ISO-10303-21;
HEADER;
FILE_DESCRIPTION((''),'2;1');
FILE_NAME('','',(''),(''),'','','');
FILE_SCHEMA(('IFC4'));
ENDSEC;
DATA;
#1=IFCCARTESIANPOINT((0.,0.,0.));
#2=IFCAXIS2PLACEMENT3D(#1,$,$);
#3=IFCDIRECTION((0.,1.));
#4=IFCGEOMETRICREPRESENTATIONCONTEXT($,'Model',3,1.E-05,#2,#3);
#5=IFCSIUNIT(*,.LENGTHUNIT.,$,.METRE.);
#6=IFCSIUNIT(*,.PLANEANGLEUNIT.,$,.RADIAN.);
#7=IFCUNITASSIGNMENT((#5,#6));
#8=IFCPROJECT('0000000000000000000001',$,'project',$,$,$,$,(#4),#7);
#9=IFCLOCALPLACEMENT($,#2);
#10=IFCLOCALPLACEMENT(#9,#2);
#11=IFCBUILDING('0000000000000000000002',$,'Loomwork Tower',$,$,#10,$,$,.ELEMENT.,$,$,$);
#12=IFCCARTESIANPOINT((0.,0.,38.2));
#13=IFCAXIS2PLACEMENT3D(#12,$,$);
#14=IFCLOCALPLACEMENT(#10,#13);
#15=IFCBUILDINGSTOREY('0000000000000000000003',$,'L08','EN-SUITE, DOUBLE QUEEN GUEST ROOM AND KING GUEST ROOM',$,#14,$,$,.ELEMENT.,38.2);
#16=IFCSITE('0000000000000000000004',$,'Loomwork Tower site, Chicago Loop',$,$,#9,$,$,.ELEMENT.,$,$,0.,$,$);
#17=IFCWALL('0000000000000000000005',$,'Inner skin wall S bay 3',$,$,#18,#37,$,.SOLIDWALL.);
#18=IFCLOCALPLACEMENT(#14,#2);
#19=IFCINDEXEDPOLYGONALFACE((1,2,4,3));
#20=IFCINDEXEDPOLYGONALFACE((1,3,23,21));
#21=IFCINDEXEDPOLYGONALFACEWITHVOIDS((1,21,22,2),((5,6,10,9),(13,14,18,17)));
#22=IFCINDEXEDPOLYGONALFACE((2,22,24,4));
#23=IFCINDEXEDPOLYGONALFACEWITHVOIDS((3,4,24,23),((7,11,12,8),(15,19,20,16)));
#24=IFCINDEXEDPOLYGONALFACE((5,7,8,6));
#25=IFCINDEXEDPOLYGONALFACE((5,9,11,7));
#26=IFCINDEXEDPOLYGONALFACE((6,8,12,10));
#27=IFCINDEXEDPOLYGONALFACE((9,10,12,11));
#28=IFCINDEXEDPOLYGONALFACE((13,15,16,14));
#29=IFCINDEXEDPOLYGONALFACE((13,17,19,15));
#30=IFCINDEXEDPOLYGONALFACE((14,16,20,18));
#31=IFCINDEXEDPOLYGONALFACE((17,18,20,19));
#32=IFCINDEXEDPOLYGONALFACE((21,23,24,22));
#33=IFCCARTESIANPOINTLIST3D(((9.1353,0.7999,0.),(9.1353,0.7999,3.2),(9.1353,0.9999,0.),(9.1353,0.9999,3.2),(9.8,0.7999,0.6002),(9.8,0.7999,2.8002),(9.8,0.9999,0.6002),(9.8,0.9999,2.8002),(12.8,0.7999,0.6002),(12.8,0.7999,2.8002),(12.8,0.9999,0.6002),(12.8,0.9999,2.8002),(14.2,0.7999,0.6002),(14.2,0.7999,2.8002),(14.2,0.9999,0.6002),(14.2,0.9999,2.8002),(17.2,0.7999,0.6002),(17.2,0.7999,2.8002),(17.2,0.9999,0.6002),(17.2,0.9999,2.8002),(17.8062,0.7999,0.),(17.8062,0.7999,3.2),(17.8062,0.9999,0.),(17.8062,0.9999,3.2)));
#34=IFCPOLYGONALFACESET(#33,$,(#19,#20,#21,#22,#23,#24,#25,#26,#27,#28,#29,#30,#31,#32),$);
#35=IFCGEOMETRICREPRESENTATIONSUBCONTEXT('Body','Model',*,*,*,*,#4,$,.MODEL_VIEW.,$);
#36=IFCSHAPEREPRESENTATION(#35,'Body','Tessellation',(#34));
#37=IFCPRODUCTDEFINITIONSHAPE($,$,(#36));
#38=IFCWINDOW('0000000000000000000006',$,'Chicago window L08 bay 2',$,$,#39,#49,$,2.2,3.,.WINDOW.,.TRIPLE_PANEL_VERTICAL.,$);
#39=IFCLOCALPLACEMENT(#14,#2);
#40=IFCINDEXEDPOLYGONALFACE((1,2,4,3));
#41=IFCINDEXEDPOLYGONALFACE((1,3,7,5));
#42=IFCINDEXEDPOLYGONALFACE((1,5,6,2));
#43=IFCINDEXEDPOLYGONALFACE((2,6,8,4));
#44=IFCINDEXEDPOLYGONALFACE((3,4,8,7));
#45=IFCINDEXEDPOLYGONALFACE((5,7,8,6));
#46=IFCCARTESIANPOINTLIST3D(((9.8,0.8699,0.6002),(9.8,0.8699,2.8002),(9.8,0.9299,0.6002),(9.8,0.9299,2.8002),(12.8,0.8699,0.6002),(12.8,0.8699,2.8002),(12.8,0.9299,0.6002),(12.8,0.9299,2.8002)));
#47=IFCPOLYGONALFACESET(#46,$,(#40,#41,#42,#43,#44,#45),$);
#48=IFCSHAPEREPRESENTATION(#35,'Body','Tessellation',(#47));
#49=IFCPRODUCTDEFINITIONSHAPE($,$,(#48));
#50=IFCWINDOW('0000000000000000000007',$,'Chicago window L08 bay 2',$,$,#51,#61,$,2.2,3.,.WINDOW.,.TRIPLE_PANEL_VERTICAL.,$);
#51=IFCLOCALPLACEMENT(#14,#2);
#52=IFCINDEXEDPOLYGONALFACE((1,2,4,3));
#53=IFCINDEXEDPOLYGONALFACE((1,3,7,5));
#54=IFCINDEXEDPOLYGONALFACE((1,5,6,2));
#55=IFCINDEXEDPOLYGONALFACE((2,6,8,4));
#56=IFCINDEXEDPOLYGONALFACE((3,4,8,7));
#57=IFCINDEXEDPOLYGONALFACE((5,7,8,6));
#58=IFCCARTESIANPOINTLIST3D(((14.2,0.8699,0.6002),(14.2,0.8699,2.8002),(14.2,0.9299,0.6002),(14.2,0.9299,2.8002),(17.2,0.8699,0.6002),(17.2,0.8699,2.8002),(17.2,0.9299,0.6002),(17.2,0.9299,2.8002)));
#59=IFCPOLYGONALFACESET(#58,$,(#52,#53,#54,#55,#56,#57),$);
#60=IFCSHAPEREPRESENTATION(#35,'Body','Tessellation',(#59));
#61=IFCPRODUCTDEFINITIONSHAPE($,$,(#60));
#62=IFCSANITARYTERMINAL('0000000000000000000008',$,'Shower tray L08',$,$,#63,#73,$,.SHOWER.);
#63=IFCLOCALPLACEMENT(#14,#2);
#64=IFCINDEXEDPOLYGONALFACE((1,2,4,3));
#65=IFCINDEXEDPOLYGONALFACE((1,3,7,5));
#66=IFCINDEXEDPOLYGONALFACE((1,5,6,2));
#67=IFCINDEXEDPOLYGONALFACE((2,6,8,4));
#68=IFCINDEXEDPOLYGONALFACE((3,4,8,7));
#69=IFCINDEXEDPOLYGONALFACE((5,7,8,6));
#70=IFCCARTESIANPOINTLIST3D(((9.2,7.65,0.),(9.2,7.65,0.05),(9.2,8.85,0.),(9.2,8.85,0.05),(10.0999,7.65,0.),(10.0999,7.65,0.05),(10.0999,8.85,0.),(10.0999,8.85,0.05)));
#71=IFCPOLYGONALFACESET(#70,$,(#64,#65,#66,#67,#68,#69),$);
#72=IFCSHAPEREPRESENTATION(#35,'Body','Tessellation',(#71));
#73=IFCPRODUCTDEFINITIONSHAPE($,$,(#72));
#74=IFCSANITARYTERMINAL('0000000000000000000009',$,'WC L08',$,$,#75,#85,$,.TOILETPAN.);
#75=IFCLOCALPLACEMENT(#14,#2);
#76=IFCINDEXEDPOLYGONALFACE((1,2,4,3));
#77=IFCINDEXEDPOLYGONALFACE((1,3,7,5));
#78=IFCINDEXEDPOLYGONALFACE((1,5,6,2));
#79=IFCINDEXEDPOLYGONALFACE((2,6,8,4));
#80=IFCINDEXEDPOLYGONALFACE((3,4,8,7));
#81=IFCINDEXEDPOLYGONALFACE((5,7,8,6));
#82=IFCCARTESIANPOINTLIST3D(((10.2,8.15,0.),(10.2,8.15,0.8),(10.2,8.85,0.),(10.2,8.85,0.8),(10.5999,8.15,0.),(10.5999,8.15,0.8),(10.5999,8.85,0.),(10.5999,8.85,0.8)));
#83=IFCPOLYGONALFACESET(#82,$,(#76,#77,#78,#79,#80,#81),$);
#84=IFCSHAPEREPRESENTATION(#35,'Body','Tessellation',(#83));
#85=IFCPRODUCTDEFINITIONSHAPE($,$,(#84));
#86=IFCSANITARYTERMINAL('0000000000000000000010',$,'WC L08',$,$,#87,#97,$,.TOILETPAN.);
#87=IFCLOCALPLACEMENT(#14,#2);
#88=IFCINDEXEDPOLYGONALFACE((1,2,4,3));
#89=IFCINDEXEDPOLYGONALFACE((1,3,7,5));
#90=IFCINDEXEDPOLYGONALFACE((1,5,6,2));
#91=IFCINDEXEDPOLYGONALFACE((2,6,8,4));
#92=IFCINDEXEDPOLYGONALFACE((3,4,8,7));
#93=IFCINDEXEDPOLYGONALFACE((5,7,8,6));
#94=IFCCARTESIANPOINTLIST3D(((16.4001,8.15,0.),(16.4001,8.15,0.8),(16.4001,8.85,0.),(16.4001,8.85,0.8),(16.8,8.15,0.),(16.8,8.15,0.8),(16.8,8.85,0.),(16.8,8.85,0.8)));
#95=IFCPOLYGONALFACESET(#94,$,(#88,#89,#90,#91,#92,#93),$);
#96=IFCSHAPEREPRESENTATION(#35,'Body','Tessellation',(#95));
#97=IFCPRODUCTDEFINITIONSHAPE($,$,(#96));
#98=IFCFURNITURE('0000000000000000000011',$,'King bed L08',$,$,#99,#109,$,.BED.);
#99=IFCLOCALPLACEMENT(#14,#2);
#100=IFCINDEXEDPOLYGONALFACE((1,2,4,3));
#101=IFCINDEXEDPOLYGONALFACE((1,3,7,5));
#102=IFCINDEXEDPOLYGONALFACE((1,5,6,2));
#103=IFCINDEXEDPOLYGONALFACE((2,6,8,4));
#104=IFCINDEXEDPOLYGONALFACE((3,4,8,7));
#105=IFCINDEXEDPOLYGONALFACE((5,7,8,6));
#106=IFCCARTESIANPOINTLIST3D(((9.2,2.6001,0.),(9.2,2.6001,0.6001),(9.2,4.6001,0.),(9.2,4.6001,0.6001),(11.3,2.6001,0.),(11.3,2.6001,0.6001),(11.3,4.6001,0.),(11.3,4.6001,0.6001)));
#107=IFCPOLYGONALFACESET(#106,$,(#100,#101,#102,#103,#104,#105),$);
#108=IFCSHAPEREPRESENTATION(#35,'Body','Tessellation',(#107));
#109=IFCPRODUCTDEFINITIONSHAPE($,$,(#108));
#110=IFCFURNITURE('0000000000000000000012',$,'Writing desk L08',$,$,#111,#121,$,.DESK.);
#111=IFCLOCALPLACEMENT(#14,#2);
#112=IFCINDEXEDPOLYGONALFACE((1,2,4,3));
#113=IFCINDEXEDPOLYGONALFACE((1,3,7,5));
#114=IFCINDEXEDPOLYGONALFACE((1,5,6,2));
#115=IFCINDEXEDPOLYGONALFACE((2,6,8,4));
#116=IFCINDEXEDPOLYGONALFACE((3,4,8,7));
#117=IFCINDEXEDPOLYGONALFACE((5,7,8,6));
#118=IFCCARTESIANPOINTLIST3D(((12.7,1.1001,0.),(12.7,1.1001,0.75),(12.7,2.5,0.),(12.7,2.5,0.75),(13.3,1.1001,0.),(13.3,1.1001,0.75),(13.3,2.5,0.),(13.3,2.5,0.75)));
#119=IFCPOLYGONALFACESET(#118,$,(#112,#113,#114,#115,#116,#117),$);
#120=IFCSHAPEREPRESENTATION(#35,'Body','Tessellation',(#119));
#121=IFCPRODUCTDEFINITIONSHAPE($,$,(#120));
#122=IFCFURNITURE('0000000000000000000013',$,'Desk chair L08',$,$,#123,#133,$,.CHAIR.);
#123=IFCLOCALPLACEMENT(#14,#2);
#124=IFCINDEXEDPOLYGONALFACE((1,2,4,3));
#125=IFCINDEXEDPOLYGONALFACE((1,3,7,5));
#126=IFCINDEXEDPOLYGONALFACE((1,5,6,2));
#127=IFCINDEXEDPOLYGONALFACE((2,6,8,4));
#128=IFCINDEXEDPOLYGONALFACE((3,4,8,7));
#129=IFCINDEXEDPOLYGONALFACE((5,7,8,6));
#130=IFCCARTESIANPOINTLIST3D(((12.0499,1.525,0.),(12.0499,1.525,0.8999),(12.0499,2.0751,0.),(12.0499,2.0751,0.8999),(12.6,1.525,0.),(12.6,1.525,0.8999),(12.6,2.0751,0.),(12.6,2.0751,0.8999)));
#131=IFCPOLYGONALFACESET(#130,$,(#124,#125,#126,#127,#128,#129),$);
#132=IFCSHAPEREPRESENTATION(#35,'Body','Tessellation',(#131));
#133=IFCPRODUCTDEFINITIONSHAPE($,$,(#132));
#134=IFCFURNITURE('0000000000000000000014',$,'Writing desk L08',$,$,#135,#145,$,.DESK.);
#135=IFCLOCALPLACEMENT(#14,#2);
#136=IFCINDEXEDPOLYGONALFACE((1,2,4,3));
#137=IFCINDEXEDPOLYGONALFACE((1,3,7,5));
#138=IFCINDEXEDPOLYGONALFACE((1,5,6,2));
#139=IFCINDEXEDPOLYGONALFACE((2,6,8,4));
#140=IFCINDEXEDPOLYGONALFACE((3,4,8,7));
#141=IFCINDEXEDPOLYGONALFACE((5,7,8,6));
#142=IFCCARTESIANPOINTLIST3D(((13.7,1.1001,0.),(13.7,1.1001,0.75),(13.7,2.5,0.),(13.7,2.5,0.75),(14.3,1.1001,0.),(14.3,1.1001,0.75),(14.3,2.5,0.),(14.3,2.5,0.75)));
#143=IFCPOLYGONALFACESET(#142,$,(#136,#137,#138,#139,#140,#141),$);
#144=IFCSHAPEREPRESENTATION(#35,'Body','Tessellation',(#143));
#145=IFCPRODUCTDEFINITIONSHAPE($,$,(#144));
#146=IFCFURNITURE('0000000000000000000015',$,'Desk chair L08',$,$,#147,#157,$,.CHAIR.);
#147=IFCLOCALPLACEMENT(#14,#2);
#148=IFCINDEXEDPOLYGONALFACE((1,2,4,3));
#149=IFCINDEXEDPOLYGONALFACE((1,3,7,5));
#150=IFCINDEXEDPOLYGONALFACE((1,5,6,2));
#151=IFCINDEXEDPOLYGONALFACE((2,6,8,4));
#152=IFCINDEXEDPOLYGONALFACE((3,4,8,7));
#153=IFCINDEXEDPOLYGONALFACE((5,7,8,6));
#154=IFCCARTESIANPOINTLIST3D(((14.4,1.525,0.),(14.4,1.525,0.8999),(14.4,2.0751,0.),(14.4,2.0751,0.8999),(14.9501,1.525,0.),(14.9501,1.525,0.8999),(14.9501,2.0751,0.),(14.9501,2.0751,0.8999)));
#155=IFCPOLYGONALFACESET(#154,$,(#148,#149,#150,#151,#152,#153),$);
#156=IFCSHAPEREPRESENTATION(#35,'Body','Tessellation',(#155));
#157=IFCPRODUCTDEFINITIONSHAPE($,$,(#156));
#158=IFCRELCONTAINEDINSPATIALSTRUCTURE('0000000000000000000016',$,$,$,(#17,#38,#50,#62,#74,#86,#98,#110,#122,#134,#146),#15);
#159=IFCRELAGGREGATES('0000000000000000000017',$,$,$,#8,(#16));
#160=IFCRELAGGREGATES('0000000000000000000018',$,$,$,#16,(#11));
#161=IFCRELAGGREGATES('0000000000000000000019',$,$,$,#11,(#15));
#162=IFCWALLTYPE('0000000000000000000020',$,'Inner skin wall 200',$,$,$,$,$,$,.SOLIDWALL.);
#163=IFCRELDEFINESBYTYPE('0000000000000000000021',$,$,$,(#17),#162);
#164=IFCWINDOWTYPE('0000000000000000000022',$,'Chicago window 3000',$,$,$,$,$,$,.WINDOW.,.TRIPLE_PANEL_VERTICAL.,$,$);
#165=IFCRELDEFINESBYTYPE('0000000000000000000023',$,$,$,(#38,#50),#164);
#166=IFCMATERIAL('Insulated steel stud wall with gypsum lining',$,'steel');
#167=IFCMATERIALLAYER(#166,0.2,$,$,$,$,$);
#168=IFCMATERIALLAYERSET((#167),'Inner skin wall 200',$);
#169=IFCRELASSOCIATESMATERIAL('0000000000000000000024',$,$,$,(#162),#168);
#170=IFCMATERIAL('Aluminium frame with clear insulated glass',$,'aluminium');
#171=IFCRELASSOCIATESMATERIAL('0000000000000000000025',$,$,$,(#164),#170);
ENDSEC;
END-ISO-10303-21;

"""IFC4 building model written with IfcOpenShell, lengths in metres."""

from ifc_helpers import new_model, si_unit, direction, frame, frame_2d, origin, origin_2d, place, context, subcontext, project, spatial, rectangle, extrude, material, layer, layer_set, type_object, element, fill, save


model = new_model("IFC4")

# Units and contexts
model_context = context("Model", 3, precision=1e-05, world=origin(), true_north=direction((0.0, 1.0)))
body_context = subcontext(model_context, "Body", "Model", "MODEL_VIEW")
ifc_project = project(units=[si_unit("LENGTHUNIT", "METRE"), si_unit("PLANEANGLEUNIT", "RADIAN")], contexts=[model_context])

# Site, building, storey
site_placement = place(None, origin())
site = spatial("IfcSite", under=ifc_project, at=site_placement, Name="Loomwork Tower site, Chicago Loop", CompositionType="ELEMENT", RefElevation=0.0)
building_placement = place(site_placement, origin())
building = spatial("IfcBuilding", under=site, at=building_placement, Name="Loomwork Tower", CompositionType="ELEMENT")
storey_placement = place(building_placement, frame((0.0, 0.0, 38.2)))
storey = spatial("IfcBuildingStorey", under=building, at=storey_placement, Name="L08", Description="EN-SUITE, DOUBLE QUEEN GUEST ROOM AND KING GUEST ROOM", CompositionType="ELEMENT", Elevation=38.2)

# Wall, openings, windows
ifc_material_1 = material(Name="Insulated steel stud wall with gypsum lining", Category="steel")
ifc_layer_1 = layer(ifc_material_1, 0.2)
ifc_layer_set_1 = layer_set([ifc_layer_1], Name="Inner skin wall 200")
wall_type_1 = type_object("IfcWallType", Name="Inner skin wall 200", PredefinedType="SOLIDWALL", material=ifc_layer_set_1)
wall_1_placement = place(storey_placement, frame((9.1353, 0.8999, 0.0), z_axis=(0.0, 0.0, 1.0), x_axis=(1.0, 0.0, 0.0)))
wall_1 = element("IfcWall", 1, at=wall_1_placement, inside=storey, type_object=wall_type_1, Name="Inner skin wall S bay 3", PredefinedType="SOLIDWALL", context=body_context, shape_type="SweptSolid", body=[
    extrude(rectangle(XDim=8.6709, YDim=0.2, at=frame_2d((4.3354, 0.0))), origin(), (0.0, 0.0, 1.0), 3.2),
])
opening_1_placement = place(wall_1_placement, frame((0.6648, 0.0, 0.6001)))
opening_1 = element("IfcOpeningElement", 2, at=opening_1_placement, cuts=wall_1, PredefinedType="OPENING", context=body_context, shape_type="SweptSolid", body=[
    extrude(rectangle(XDim=3.0, YDim=2.2, at=frame_2d((1.5, 1.1001))), frame((0.0, 0.1099, 0.0), z_axis=(0.0, -1.0, 0.0), x_axis=(1.0, 0.0, 0.0)), (0.0, 0.0, 1.0), 0.22),
])
opening_2_placement = place(wall_1_placement, frame((5.0647, 0.0, 0.6001)))
opening_2 = element("IfcOpeningElement", 3, at=opening_2_placement, cuts=wall_1, PredefinedType="OPENING", context=body_context, shape_type="SweptSolid", body=[
    extrude(rectangle(XDim=3.0, YDim=2.2, at=frame_2d((1.5, 1.1001))), frame((0.0, 0.1099, 0.0), z_axis=(0.0, -1.0, 0.0), x_axis=(1.0, 0.0, 0.0)), (0.0, 0.0, 1.0), 0.22),
])
ifc_material_2 = material(Name="Aluminium frame with clear insulated glass", Category="aluminium")
window_type = type_object("IfcWindowType", Name="Chicago window 3000", PartitioningType="TRIPLE_PANEL_VERTICAL", PredefinedType="WINDOW", material=ifc_material_2)
window_1_placement = place(opening_1_placement, origin())
window_1 = element("IfcWindow", 4, at=window_1_placement, inside=storey, type_object=window_type, Name="Chicago window L08 bay 2", OverallHeight=2.2, OverallWidth=3.0, PartitioningType="TRIPLE_PANEL_VERTICAL", PredefinedType="WINDOW", context=body_context, shape_type="SweptSolid", body=[
    extrude(rectangle(XDim=3.0, YDim=2.2, at=frame_2d((1.5, 1.1001))), frame((0.0, 0.03, 0.0), z_axis=(0.0, -1.0, 0.0), x_axis=(1.0, 0.0, 0.0)), (0.0, 0.0, 1.0), 0.0601),
])
fill(opening_1, window_1)
window_2_placement = place(opening_2_placement, origin())
window_2 = element("IfcWindow", 5, at=window_2_placement, inside=storey, type_object=window_type, Name="Chicago window L08 bay 2", OverallHeight=2.2, OverallWidth=3.0, PartitioningType="TRIPLE_PANEL_VERTICAL", PredefinedType="WINDOW", context=body_context, shape_type="SweptSolid", body=[
    extrude(rectangle(XDim=3.0, YDim=2.2, at=frame_2d((1.5, 1.1001))), frame((0.0, 0.03, 0.0), z_axis=(0.0, -1.0, 0.0), x_axis=(1.0, 0.0, 0.0)), (0.0, 0.0, 1.0), 0.0601),
])
fill(opening_2, window_2)

# Sanitary terminals
sanitary_terminal_placement = place(storey_placement, frame((9.6499, 8.25, 0.0), z_axis=(0.0, 0.0, 1.0), x_axis=(1.0, 0.0, 0.0)))
element("IfcSanitaryTerminal", 6, at=sanitary_terminal_placement, inside=storey, Name="Shower tray L08", PredefinedType="SHOWER", context=body_context, shape_type="SweptSolid", body=[
    extrude(rectangle(XDim=0.8999, YDim=1.2, at=origin_2d()), origin(), (0.0, 0.0, 1.0), 0.05),
])
for number, where, z_axis, x_axis, name in (
    (7, (10.3999, 8.5, 0.0), (0.0, 0.0, 1.0), (1.0, 0.0, 0.0), "WC L08"),
    (8, (16.6001, 8.5, 0.0), (0.0, 0.0, 1.0), (1.0, 0.0, 0.0), "WC L08"),
):
    element("IfcSanitaryTerminal", number, at=place(storey_placement, frame(where, z_axis=z_axis, x_axis=x_axis)), inside=storey, Name=name, PredefinedType="TOILETPAN", context=body_context, shape_type="SweptSolid", body=[
        extrude(rectangle(XDim=0.3999, YDim=0.7, at=origin_2d()), origin(), (0.0, 0.0, 1.0), 0.8),
    ])

# Furniture
furniture_1_placement = place(storey_placement, frame((10.25, 3.6001, 0.0), z_axis=(0.0, 0.0, 1.0), x_axis=(1.0, 0.0, 0.0)))
element("IfcFurniture", 9, at=furniture_1_placement, inside=storey, Name="King bed L08", PredefinedType="BED", context=body_context, shape_type="SweptSolid", body=[
    extrude(rectangle(XDim=2.1001, YDim=2.0, at=origin_2d()), origin(), (0.0, 0.0, 1.0), 0.6001),
])
furniture_2_placement = place(storey_placement, frame((13.0, 1.8, 0.0), z_axis=(0.0, 0.0, 1.0), x_axis=(1.0, 0.0, 0.0)))
element("IfcFurniture", 10, at=furniture_2_placement, inside=storey, Name="Writing desk L08", PredefinedType="DESK", context=body_context, shape_type="SweptSolid", body=[
    extrude(rectangle(XDim=0.6001, YDim=1.3999, at=origin_2d()), origin(), (0.0, 0.0, 1.0), 0.75),
])
furniture_3_placement = place(storey_placement, frame((12.325, 1.8, 0.0), z_axis=(0.0, 0.0, 1.0), x_axis=(1.0, 0.0, 0.0)))
element("IfcFurniture", 11, at=furniture_3_placement, inside=storey, Name="Desk chair L08", PredefinedType="CHAIR", context=body_context, shape_type="SweptSolid", body=[
    extrude(rectangle(XDim=0.55, YDim=0.55, at=origin_2d()), origin(), (0.0, 0.0, 1.0), 0.8999),
])
furniture_4_placement = place(storey_placement, frame((14.0, 1.8, 0.0), z_axis=(0.0, 0.0, 1.0), x_axis=(1.0, 0.0, 0.0)))
element("IfcFurniture", 12, at=furniture_4_placement, inside=storey, Name="Writing desk L08", PredefinedType="DESK", context=body_context, shape_type="SweptSolid", body=[
    extrude(rectangle(XDim=0.6001, YDim=1.3999, at=origin_2d()), origin(), (0.0, 0.0, 1.0), 0.75),
])
furniture_5_placement = place(storey_placement, frame((14.675, 1.8, 0.0), z_axis=(0.0, 0.0, 1.0), x_axis=(1.0, 0.0, 0.0)))
element("IfcFurniture", 13, at=furniture_5_placement, inside=storey, Name="Desk chair L08", PredefinedType="CHAIR", context=body_context, shape_type="SweptSolid", body=[
    extrude(rectangle(XDim=0.55, YDim=0.55, at=origin_2d()), origin(), (0.0, 0.0, 1.0), 0.8999),
])

save(model, "model.ifc")
